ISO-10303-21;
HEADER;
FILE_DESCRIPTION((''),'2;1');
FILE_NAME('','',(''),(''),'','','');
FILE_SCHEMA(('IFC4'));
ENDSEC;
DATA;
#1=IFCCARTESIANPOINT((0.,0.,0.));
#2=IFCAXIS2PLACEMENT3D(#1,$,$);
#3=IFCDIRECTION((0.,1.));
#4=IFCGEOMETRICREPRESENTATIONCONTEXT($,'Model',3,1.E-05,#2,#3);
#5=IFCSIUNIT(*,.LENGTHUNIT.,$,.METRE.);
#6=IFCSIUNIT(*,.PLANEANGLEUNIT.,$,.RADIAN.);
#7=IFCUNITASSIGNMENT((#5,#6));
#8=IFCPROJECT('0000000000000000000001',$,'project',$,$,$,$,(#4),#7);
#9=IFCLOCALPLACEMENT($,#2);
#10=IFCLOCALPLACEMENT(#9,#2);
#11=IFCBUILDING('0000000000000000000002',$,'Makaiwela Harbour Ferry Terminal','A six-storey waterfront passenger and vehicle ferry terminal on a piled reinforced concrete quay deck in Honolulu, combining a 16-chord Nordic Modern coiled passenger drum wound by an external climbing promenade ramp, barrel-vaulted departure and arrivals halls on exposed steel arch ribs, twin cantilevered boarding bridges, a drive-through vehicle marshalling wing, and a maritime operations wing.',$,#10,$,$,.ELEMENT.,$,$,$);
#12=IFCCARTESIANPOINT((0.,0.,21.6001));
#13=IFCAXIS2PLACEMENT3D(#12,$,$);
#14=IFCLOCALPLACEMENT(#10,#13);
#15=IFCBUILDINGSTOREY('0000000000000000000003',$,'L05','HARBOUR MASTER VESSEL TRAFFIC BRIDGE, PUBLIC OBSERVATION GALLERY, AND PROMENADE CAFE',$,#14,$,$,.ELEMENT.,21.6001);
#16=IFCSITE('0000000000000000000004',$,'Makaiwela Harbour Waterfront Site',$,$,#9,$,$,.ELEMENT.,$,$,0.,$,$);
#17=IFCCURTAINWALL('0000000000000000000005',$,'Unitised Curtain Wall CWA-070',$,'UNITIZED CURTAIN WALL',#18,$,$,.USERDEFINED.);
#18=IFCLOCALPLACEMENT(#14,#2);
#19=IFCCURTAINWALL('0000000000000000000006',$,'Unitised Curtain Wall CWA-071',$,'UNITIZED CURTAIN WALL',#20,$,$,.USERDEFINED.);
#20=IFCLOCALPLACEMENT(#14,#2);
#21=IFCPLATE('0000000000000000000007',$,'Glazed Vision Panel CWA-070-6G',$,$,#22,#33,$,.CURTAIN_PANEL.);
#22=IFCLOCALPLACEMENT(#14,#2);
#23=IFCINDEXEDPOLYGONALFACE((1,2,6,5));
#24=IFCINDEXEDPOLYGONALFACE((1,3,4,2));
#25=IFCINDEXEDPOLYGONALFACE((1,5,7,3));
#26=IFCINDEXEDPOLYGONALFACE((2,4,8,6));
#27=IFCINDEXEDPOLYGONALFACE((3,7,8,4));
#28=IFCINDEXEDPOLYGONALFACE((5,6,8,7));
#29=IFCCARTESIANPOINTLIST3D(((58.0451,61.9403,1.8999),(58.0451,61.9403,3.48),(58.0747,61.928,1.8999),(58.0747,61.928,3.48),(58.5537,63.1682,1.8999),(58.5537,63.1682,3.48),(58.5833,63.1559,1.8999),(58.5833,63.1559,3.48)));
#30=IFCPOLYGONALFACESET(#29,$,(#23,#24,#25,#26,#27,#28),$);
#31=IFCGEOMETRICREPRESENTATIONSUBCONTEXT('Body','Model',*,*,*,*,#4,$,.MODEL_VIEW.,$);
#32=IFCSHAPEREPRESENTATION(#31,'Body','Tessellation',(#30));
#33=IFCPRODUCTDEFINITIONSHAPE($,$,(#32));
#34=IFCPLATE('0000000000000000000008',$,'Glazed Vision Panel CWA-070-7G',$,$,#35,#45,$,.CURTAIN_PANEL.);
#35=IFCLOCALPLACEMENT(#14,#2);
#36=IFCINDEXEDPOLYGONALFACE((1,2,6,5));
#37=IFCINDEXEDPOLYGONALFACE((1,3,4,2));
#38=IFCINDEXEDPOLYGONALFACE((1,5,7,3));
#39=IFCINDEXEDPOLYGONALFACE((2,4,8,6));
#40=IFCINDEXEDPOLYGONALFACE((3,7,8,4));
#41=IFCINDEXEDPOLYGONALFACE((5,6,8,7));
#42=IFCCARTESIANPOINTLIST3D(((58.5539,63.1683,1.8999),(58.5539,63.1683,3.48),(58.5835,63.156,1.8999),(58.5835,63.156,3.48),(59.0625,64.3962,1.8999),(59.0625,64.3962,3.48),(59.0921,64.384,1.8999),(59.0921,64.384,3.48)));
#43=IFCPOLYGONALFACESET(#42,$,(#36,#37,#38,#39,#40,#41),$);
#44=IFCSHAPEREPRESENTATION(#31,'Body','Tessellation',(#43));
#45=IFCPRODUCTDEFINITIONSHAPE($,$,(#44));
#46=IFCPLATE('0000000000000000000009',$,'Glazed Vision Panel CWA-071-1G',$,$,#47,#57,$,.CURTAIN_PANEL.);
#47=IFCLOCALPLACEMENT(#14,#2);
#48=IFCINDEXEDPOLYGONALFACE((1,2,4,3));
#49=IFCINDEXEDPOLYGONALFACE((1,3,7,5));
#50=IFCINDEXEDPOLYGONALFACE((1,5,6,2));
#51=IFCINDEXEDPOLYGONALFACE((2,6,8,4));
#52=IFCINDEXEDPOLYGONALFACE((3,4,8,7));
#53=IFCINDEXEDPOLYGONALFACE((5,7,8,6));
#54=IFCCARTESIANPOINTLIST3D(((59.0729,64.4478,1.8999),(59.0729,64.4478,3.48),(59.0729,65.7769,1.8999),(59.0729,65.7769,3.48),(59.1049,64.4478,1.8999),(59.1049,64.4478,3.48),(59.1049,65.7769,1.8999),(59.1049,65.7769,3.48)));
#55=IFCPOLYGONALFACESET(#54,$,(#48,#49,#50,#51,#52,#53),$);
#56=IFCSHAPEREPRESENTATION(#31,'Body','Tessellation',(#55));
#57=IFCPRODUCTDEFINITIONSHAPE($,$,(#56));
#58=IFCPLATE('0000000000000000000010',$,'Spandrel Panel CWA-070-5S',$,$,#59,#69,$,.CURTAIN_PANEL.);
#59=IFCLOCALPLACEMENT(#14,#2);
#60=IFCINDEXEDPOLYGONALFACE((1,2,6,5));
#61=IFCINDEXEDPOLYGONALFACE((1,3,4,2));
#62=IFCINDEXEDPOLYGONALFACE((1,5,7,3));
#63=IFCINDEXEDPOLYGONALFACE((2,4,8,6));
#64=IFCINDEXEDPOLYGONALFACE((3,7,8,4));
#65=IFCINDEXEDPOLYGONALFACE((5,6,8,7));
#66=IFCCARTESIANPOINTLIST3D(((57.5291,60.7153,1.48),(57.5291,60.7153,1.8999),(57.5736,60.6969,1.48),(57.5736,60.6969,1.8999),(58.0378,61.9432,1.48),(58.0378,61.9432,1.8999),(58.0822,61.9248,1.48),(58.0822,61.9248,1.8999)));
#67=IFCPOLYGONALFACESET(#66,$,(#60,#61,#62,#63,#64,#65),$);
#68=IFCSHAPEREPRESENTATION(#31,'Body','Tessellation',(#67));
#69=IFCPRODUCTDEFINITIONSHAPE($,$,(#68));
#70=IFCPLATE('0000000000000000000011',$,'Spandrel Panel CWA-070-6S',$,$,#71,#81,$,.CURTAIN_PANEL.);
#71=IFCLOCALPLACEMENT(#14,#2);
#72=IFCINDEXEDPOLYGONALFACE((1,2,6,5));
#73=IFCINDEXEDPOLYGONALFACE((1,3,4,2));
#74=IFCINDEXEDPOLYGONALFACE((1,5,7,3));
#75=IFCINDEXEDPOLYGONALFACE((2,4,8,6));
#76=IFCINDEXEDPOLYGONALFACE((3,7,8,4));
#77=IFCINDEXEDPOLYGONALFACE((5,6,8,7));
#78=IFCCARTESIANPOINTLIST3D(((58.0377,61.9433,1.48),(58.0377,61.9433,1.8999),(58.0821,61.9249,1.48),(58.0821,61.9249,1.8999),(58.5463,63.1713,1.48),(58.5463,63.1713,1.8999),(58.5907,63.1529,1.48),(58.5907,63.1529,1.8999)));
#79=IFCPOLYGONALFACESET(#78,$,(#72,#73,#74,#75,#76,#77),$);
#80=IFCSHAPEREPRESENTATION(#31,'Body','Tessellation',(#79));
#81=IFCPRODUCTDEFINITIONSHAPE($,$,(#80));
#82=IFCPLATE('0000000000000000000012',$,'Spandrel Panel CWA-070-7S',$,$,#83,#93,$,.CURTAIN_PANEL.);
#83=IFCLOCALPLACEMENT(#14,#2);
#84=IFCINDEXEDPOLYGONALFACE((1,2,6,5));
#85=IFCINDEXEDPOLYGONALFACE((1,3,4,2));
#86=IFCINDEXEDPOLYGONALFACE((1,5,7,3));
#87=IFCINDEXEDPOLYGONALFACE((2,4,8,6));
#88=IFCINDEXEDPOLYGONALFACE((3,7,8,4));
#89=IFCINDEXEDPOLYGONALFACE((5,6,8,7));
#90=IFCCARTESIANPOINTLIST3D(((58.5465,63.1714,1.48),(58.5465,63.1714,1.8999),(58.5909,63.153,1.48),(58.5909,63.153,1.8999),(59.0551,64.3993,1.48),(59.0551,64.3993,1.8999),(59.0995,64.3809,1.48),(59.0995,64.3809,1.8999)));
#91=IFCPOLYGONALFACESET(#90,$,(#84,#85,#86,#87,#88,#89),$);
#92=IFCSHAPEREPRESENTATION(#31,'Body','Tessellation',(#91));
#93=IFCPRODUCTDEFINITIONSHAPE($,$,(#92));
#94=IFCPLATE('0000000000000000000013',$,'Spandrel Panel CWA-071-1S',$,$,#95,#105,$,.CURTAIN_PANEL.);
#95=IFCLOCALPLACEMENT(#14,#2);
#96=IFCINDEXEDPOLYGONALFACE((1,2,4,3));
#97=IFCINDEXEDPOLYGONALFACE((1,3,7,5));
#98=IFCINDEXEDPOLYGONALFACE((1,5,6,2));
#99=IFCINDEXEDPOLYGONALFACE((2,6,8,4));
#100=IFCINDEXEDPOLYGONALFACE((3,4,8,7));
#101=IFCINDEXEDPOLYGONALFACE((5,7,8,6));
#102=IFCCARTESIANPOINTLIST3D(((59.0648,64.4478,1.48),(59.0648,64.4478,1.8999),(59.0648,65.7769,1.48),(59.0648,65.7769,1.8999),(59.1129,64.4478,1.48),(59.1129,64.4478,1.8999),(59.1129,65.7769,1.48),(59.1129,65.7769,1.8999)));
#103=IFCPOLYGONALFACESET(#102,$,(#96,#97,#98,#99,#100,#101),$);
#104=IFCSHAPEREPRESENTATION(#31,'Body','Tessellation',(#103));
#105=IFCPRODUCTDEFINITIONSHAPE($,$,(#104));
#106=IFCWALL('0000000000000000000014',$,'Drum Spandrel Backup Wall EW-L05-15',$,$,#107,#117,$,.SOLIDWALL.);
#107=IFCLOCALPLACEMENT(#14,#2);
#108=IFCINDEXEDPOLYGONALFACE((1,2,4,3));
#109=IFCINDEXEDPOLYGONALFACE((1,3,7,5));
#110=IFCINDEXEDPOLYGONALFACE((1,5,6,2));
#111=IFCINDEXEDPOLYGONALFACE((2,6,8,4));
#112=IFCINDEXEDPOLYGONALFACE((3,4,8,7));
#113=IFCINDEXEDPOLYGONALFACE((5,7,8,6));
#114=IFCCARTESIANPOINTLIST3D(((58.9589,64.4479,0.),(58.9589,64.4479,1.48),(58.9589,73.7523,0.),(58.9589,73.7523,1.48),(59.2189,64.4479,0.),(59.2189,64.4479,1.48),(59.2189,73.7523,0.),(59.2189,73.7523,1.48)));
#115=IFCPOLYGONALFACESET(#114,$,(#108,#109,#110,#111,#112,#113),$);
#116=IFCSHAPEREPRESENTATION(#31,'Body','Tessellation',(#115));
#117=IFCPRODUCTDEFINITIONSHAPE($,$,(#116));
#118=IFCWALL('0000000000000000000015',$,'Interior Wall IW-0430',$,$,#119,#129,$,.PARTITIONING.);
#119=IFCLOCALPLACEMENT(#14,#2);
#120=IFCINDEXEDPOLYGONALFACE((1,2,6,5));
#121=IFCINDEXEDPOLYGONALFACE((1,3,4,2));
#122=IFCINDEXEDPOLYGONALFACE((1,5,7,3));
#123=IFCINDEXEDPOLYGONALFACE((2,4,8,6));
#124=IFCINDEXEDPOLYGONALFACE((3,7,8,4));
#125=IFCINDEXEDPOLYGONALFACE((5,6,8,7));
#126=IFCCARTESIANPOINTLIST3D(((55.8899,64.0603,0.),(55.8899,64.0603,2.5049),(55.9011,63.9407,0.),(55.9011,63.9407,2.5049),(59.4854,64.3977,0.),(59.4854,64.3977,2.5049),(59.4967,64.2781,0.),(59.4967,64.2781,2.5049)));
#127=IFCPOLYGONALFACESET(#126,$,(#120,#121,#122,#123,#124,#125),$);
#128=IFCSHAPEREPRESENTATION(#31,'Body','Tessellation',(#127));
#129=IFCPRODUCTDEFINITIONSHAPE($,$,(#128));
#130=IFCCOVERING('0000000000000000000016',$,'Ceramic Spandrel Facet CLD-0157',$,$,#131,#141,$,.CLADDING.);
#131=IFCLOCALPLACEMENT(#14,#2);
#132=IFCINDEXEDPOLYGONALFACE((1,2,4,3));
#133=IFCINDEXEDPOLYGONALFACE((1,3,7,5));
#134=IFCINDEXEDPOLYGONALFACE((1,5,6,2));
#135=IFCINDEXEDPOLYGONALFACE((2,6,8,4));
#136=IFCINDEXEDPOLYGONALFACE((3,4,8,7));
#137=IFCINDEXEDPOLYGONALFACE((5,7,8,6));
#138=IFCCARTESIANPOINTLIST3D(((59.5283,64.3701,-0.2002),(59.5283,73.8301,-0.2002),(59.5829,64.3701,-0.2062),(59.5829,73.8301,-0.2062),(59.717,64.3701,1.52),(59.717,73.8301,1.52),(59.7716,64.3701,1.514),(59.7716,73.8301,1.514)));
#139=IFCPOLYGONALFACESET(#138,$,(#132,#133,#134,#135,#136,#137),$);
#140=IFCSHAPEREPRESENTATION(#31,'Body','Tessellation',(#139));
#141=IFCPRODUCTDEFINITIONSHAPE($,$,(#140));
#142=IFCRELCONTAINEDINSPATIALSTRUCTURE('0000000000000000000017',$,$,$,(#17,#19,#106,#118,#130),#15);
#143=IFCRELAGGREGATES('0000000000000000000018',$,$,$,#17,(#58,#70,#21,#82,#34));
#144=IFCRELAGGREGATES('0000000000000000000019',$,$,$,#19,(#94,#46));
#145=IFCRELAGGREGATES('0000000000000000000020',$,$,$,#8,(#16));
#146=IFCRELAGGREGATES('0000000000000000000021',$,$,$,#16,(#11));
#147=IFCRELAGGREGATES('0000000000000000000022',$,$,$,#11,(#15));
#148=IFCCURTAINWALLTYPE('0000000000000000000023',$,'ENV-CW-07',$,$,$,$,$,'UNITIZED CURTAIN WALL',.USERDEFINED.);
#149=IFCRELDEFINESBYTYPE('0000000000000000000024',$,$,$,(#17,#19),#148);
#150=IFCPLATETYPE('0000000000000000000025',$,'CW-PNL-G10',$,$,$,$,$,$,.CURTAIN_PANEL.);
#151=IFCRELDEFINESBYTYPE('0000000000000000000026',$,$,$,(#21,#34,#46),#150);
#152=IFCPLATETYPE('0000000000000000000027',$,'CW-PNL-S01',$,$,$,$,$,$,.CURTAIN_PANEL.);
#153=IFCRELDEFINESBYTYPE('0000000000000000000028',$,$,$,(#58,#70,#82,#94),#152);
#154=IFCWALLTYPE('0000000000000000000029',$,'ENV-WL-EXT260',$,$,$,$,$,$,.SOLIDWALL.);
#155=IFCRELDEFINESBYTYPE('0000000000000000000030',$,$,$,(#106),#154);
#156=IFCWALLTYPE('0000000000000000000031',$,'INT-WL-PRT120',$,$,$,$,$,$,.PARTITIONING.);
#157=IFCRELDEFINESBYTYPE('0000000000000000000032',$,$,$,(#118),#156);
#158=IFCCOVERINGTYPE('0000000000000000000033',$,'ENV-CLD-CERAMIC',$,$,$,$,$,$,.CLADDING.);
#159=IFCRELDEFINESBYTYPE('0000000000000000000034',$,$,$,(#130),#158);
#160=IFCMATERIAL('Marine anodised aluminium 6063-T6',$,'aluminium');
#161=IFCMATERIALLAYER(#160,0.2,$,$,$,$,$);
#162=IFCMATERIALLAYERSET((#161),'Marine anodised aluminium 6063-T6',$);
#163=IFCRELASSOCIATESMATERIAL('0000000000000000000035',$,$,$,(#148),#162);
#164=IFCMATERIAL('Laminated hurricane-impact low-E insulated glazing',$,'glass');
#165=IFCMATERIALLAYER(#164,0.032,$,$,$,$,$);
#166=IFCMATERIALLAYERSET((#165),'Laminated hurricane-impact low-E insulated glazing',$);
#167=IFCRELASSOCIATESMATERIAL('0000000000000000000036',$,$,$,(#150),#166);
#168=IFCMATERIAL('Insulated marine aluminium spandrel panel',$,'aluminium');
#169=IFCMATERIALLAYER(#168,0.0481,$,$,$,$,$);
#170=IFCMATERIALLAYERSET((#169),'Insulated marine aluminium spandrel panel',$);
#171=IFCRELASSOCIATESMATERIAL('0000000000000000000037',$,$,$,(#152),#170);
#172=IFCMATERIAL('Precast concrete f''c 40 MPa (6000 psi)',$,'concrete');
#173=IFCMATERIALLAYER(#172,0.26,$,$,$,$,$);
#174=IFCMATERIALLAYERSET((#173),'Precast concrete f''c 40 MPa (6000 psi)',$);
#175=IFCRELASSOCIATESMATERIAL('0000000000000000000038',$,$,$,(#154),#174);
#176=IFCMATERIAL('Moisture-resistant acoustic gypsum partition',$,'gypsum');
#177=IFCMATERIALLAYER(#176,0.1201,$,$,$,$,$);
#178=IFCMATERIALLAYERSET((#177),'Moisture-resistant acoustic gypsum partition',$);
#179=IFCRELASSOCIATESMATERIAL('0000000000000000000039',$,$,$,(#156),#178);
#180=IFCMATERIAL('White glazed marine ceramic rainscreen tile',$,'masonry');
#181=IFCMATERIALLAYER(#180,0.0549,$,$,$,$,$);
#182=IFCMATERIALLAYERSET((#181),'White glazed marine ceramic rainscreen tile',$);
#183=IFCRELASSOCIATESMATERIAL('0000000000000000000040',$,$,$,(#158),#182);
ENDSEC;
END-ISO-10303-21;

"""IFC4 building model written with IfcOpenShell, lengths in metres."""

from ifc_helpers import new_model, si_unit, direction, frame, frame_2d, origin, origin_2d, place, context, subcontext, project, spatial, polyline, rectangle, outline, extrude, material, layer, layer_set, type_object, element, aggregate, save


model = new_model("IFC4")

# Units and contexts
model_context = context("Model", 3, precision=1e-05, world=origin(), true_north=direction((0.0, 1.0)))
body_context = subcontext(model_context, "Body", "Model", "MODEL_VIEW")
ifc_project = project(units=[si_unit("LENGTHUNIT", "METRE"), si_unit("PLANEANGLEUNIT", "RADIAN")], contexts=[model_context])

# Site, building, storey
site_placement = place(None, origin())
site = spatial("IfcSite", under=ifc_project, at=site_placement, Name="Makaiwela Harbour Waterfront Site", CompositionType="ELEMENT", RefElevation=0.0)
building_placement = place(site_placement, origin())
building = spatial("IfcBuilding", under=site, at=building_placement, Name="Makaiwela Harbour Ferry Terminal", Description="A six-storey waterfront passenger and vehicle ferry terminal on a piled reinforced concrete quay deck in Honolulu, combining a 16-chord Nordic Modern coiled passenger drum wound by an external climbing promenade ramp, barrel-vaulted departure and arrivals halls on exposed steel arch ribs, twin cantilevered boarding bridges, a drive-through vehicle marshalling wing, and a maritime operations wing.", CompositionType="ELEMENT")
storey_placement = place(building_placement, frame((0.0, 0.0, 21.6001)))
storey = spatial("IfcBuildingStorey", under=building, at=storey_placement, Name="L05", Description="HARBOUR MASTER VESSEL TRAFFIC BRIDGE, PUBLIC OBSERVATION GALLERY, AND PROMENADE CAFE", CompositionType="ELEMENT", Elevation=21.6001)

# Curtain wall
ifc_material_1 = material(Name="Marine anodised aluminium 6063-T6", Category="aluminium")
ifc_layer_1 = layer(ifc_material_1, 0.2)
ifc_layer_set_1 = layer_set([ifc_layer_1], Name="Marine anodised aluminium 6063-T6")
curtain_wall_type = type_object("IfcCurtainWallType", Name="ENV-CW-07", ElementType="UNITIZED CURTAIN WALL", PredefinedType="USERDEFINED", material=ifc_layer_set_1)
curtain_wall_1_placement = place(storey_placement, origin())
curtain_wall_1 = element("IfcCurtainWall", 1, at=curtain_wall_1_placement, inside=storey, type_object=curtain_wall_type, Name="Unitised Curtain Wall CWA-070", ObjectType="UNITIZED CURTAIN WALL", PredefinedType="USERDEFINED")

# Curtain wall
curtain_wall_2_placement = place(storey_placement, origin())
curtain_wall_2 = element("IfcCurtainWall", 2, at=curtain_wall_2_placement, inside=storey, type_object=curtain_wall_type, Name="Unitised Curtain Wall CWA-071", ObjectType="UNITIZED CURTAIN WALL", PredefinedType="USERDEFINED")

# Plates
ifc_material_2 = material(Name="Laminated hurricane-impact low-E insulated glazing", Category="glass")
ifc_layer_2 = layer(ifc_material_2, 0.032)
ifc_layer_set_2 = layer_set([ifc_layer_2], Name="Laminated hurricane-impact low-E insulated glazing")
plate_type_1 = type_object("IfcPlateType", Name="CW-PNL-G10", PredefinedType="CURTAIN_PANEL", material=ifc_layer_set_2)
plate_1_placement = place(storey_placement, frame((58.3142, 62.5481, 1.8999), z_axis=(0.0, 0.0, 1.0), x_axis=(0.382683, 0.92388, 0.0)))
plate_1 = element("IfcPlate", 3, at=plate_1_placement, type_object=plate_type_1, Name="Glazed Vision Panel CWA-070-6G", PredefinedType="CURTAIN_PANEL", context=body_context, shape_type="SweptSolid", body=[
    extrude(rectangle(XDim=1.3291, YDim=0.032, at=origin_2d()), origin(), (0.0, 0.0, 1.0), 1.5801),
])
plate_2_placement = place(storey_placement, frame((58.823, 63.7761, 1.8999), z_axis=(0.0, 0.0, 1.0), x_axis=(0.382683, 0.92388, 0.0)))
plate_2 = element("IfcPlate", 4, at=plate_2_placement, type_object=plate_type_1, Name="Glazed Vision Panel CWA-070-7G", PredefinedType="CURTAIN_PANEL", context=body_context, shape_type="SweptSolid", body=[
    extrude(rectangle(XDim=1.3291, YDim=0.032, at=origin_2d()), origin(), (0.0, 0.0, 1.0), 1.5801),
])
plate_3_placement = place(storey_placement, frame((59.0889, 65.1123, 1.8999), z_axis=(0.0, 0.0, 1.0), x_axis=(0.0, 1.0, 0.0)))
plate_3 = element("IfcPlate", 5, at=plate_3_placement, type_object=plate_type_1, Name="Glazed Vision Panel CWA-071-1G", PredefinedType="CURTAIN_PANEL", context=body_context, shape_type="SweptSolid", body=[
    extrude(rectangle(XDim=1.3291, YDim=0.032, at=origin_2d()), origin(), (0.0, 0.0, 1.0), 1.5801),
])
ifc_material_3 = material(Name="Insulated marine aluminium spandrel panel", Category="aluminium")
ifc_layer_3 = layer(ifc_material_3, 0.0481)
ifc_layer_set_3 = layer_set([ifc_layer_3], Name="Insulated marine aluminium spandrel panel")
plate_type_2 = type_object("IfcPlateType", Name="CW-PNL-S01", PredefinedType="CURTAIN_PANEL", material=ifc_layer_set_3)
plate_4_placement = place(storey_placement, frame((57.8057, 61.3201, 1.48), z_axis=(0.0, 0.0, 1.0), x_axis=(0.382683, 0.92388, 0.0)))
plate_4 = element("IfcPlate", 6, at=plate_4_placement, type_object=plate_type_2, Name="Spandrel Panel CWA-070-5S", PredefinedType="CURTAIN_PANEL", context=body_context, shape_type="SweptSolid", body=[
    extrude(rectangle(XDim=1.3291, YDim=0.0481, at=origin_2d()), origin(), (0.0, 0.0, 1.0), 0.4199),
])
plate_5_placement = place(storey_placement, frame((58.3142, 62.5481, 1.48), z_axis=(0.0, 0.0, 1.0), x_axis=(0.382683, 0.92388, 0.0)))
plate_5 = element("IfcPlate", 7, at=plate_5_placement, type_object=plate_type_2, Name="Spandrel Panel CWA-070-6S", PredefinedType="CURTAIN_PANEL", context=body_context, shape_type="SweptSolid", body=[
    extrude(rectangle(XDim=1.3291, YDim=0.0481, at=origin_2d()), origin(), (0.0, 0.0, 1.0), 0.4199),
])
plate_6_placement = place(storey_placement, frame((58.823, 63.7761, 1.48), z_axis=(0.0, 0.0, 1.0), x_axis=(0.382683, 0.92388, 0.0)))
plate_6 = element("IfcPlate", 8, at=plate_6_placement, type_object=plate_type_2, Name="Spandrel Panel CWA-070-7S", PredefinedType="CURTAIN_PANEL", context=body_context, shape_type="SweptSolid", body=[
    extrude(rectangle(XDim=1.3291, YDim=0.0481, at=origin_2d()), origin(), (0.0, 0.0, 1.0), 0.4199),
])
aggregate(curtain_wall_1, [plate_4, plate_5, plate_1, plate_6, plate_2])
plate_7_placement = place(storey_placement, frame((59.0889, 65.1123, 1.48), z_axis=(0.0, 0.0, 1.0), x_axis=(0.0, 1.0, 0.0)))
plate_7 = element("IfcPlate", 9, at=plate_7_placement, type_object=plate_type_2, Name="Spandrel Panel CWA-071-1S", PredefinedType="CURTAIN_PANEL", context=body_context, shape_type="SweptSolid", body=[
    extrude(rectangle(XDim=1.3291, YDim=0.0481, at=origin_2d()), origin(), (0.0, 0.0, 1.0), 0.4199),
])
aggregate(curtain_wall_2, [plate_7, plate_3])

# Walls
ifc_material_4 = material(Name="Precast concrete f'c 40 MPa (6000 psi)", Category="concrete")
ifc_layer_4 = layer(ifc_material_4, 0.26)
ifc_layer_set_4 = layer_set([ifc_layer_4], Name="Precast concrete f'c 40 MPa (6000 psi)")
wall_type_1 = type_object("IfcWallType", Name="ENV-WL-EXT260", PredefinedType="SOLIDWALL", material=ifc_layer_set_4)
wall_1_placement = place(storey_placement, frame((59.0889, 64.4478, 0.0), z_axis=(0.0, 0.0, 1.0), x_axis=(0.0, 1.0, 0.0)))
element("IfcWall", 10, at=wall_1_placement, inside=storey, type_object=wall_type_1, Name="Drum Spandrel Backup Wall EW-L05-15", PredefinedType="SOLIDWALL", context=body_context, shape_type="SweptSolid", body=[
    extrude(rectangle(XDim=9.3044, YDim=0.26, at=frame_2d((4.6523, 0.0))), origin(), (0.0, 0.0, 1.0), 1.48),
])
ifc_material_5 = material(Name="Moisture-resistant acoustic gypsum partition", Category="gypsum")
ifc_layer_5 = layer(ifc_material_5, 0.1201)
ifc_layer_set_5 = layer_set([ifc_layer_5], Name="Moisture-resistant acoustic gypsum partition")
wall_type_2 = type_object("IfcWallType", Name="INT-WL-PRT120", PredefinedType="PARTITIONING", material=ifc_layer_set_5)
wall_2_placement = place(storey_placement, frame((55.8955, 64.0005, 0.0), z_axis=(0.0, 0.0, 1.0), x_axis=(0.995626, 0.093431, 0.0)))
element("IfcWall", 11, at=wall_2_placement, inside=storey, type_object=wall_type_2, Name="Interior Wall IW-0430", PredefinedType="PARTITIONING", context=body_context, shape_type="SweptSolid", body=[
    extrude(rectangle(XDim=3.6113, YDim=0.1201, at=frame_2d((1.8057, 0.0))), origin(), (0.0, 0.0, 1.0), 2.5049),
])

# Covering
ifc_material_6 = material(Name="White glazed marine ceramic rainscreen tile", Category="masonry")
ifc_layer_6 = layer(ifc_material_6, 0.0549)
ifc_layer_set_6 = layer_set([ifc_layer_6], Name="White glazed marine ceramic rainscreen tile")
covering_type = type_object("IfcCoveringType", Name="ENV-CLD-CERAMIC", PredefinedType="CLADDING", material=ifc_layer_set_6)
covering_placement = place(storey_placement, frame((59.5283, 64.3701, -0.2002), z_axis=(-0.994036, 0.0, 0.109053), x_axis=(0.0, 1.0, 0.0)))
element("IfcCovering", 12, at=covering_placement, inside=storey, type_object=covering_type, Name="Ceramic Spandrel Facet CLD-0157", PredefinedType="CLADDING", context=body_context, shape_type="SweptSolid", body=[
    extrude(outline(polyline([(0.0, 0.0), (9.46, 0.0), (9.46, -1.7305), (0.0, -1.7305), (0.0, 0.0)])), origin(), (0.0, 0.0, -1.0), 0.0549),
])

save(model, "model.ifc")
